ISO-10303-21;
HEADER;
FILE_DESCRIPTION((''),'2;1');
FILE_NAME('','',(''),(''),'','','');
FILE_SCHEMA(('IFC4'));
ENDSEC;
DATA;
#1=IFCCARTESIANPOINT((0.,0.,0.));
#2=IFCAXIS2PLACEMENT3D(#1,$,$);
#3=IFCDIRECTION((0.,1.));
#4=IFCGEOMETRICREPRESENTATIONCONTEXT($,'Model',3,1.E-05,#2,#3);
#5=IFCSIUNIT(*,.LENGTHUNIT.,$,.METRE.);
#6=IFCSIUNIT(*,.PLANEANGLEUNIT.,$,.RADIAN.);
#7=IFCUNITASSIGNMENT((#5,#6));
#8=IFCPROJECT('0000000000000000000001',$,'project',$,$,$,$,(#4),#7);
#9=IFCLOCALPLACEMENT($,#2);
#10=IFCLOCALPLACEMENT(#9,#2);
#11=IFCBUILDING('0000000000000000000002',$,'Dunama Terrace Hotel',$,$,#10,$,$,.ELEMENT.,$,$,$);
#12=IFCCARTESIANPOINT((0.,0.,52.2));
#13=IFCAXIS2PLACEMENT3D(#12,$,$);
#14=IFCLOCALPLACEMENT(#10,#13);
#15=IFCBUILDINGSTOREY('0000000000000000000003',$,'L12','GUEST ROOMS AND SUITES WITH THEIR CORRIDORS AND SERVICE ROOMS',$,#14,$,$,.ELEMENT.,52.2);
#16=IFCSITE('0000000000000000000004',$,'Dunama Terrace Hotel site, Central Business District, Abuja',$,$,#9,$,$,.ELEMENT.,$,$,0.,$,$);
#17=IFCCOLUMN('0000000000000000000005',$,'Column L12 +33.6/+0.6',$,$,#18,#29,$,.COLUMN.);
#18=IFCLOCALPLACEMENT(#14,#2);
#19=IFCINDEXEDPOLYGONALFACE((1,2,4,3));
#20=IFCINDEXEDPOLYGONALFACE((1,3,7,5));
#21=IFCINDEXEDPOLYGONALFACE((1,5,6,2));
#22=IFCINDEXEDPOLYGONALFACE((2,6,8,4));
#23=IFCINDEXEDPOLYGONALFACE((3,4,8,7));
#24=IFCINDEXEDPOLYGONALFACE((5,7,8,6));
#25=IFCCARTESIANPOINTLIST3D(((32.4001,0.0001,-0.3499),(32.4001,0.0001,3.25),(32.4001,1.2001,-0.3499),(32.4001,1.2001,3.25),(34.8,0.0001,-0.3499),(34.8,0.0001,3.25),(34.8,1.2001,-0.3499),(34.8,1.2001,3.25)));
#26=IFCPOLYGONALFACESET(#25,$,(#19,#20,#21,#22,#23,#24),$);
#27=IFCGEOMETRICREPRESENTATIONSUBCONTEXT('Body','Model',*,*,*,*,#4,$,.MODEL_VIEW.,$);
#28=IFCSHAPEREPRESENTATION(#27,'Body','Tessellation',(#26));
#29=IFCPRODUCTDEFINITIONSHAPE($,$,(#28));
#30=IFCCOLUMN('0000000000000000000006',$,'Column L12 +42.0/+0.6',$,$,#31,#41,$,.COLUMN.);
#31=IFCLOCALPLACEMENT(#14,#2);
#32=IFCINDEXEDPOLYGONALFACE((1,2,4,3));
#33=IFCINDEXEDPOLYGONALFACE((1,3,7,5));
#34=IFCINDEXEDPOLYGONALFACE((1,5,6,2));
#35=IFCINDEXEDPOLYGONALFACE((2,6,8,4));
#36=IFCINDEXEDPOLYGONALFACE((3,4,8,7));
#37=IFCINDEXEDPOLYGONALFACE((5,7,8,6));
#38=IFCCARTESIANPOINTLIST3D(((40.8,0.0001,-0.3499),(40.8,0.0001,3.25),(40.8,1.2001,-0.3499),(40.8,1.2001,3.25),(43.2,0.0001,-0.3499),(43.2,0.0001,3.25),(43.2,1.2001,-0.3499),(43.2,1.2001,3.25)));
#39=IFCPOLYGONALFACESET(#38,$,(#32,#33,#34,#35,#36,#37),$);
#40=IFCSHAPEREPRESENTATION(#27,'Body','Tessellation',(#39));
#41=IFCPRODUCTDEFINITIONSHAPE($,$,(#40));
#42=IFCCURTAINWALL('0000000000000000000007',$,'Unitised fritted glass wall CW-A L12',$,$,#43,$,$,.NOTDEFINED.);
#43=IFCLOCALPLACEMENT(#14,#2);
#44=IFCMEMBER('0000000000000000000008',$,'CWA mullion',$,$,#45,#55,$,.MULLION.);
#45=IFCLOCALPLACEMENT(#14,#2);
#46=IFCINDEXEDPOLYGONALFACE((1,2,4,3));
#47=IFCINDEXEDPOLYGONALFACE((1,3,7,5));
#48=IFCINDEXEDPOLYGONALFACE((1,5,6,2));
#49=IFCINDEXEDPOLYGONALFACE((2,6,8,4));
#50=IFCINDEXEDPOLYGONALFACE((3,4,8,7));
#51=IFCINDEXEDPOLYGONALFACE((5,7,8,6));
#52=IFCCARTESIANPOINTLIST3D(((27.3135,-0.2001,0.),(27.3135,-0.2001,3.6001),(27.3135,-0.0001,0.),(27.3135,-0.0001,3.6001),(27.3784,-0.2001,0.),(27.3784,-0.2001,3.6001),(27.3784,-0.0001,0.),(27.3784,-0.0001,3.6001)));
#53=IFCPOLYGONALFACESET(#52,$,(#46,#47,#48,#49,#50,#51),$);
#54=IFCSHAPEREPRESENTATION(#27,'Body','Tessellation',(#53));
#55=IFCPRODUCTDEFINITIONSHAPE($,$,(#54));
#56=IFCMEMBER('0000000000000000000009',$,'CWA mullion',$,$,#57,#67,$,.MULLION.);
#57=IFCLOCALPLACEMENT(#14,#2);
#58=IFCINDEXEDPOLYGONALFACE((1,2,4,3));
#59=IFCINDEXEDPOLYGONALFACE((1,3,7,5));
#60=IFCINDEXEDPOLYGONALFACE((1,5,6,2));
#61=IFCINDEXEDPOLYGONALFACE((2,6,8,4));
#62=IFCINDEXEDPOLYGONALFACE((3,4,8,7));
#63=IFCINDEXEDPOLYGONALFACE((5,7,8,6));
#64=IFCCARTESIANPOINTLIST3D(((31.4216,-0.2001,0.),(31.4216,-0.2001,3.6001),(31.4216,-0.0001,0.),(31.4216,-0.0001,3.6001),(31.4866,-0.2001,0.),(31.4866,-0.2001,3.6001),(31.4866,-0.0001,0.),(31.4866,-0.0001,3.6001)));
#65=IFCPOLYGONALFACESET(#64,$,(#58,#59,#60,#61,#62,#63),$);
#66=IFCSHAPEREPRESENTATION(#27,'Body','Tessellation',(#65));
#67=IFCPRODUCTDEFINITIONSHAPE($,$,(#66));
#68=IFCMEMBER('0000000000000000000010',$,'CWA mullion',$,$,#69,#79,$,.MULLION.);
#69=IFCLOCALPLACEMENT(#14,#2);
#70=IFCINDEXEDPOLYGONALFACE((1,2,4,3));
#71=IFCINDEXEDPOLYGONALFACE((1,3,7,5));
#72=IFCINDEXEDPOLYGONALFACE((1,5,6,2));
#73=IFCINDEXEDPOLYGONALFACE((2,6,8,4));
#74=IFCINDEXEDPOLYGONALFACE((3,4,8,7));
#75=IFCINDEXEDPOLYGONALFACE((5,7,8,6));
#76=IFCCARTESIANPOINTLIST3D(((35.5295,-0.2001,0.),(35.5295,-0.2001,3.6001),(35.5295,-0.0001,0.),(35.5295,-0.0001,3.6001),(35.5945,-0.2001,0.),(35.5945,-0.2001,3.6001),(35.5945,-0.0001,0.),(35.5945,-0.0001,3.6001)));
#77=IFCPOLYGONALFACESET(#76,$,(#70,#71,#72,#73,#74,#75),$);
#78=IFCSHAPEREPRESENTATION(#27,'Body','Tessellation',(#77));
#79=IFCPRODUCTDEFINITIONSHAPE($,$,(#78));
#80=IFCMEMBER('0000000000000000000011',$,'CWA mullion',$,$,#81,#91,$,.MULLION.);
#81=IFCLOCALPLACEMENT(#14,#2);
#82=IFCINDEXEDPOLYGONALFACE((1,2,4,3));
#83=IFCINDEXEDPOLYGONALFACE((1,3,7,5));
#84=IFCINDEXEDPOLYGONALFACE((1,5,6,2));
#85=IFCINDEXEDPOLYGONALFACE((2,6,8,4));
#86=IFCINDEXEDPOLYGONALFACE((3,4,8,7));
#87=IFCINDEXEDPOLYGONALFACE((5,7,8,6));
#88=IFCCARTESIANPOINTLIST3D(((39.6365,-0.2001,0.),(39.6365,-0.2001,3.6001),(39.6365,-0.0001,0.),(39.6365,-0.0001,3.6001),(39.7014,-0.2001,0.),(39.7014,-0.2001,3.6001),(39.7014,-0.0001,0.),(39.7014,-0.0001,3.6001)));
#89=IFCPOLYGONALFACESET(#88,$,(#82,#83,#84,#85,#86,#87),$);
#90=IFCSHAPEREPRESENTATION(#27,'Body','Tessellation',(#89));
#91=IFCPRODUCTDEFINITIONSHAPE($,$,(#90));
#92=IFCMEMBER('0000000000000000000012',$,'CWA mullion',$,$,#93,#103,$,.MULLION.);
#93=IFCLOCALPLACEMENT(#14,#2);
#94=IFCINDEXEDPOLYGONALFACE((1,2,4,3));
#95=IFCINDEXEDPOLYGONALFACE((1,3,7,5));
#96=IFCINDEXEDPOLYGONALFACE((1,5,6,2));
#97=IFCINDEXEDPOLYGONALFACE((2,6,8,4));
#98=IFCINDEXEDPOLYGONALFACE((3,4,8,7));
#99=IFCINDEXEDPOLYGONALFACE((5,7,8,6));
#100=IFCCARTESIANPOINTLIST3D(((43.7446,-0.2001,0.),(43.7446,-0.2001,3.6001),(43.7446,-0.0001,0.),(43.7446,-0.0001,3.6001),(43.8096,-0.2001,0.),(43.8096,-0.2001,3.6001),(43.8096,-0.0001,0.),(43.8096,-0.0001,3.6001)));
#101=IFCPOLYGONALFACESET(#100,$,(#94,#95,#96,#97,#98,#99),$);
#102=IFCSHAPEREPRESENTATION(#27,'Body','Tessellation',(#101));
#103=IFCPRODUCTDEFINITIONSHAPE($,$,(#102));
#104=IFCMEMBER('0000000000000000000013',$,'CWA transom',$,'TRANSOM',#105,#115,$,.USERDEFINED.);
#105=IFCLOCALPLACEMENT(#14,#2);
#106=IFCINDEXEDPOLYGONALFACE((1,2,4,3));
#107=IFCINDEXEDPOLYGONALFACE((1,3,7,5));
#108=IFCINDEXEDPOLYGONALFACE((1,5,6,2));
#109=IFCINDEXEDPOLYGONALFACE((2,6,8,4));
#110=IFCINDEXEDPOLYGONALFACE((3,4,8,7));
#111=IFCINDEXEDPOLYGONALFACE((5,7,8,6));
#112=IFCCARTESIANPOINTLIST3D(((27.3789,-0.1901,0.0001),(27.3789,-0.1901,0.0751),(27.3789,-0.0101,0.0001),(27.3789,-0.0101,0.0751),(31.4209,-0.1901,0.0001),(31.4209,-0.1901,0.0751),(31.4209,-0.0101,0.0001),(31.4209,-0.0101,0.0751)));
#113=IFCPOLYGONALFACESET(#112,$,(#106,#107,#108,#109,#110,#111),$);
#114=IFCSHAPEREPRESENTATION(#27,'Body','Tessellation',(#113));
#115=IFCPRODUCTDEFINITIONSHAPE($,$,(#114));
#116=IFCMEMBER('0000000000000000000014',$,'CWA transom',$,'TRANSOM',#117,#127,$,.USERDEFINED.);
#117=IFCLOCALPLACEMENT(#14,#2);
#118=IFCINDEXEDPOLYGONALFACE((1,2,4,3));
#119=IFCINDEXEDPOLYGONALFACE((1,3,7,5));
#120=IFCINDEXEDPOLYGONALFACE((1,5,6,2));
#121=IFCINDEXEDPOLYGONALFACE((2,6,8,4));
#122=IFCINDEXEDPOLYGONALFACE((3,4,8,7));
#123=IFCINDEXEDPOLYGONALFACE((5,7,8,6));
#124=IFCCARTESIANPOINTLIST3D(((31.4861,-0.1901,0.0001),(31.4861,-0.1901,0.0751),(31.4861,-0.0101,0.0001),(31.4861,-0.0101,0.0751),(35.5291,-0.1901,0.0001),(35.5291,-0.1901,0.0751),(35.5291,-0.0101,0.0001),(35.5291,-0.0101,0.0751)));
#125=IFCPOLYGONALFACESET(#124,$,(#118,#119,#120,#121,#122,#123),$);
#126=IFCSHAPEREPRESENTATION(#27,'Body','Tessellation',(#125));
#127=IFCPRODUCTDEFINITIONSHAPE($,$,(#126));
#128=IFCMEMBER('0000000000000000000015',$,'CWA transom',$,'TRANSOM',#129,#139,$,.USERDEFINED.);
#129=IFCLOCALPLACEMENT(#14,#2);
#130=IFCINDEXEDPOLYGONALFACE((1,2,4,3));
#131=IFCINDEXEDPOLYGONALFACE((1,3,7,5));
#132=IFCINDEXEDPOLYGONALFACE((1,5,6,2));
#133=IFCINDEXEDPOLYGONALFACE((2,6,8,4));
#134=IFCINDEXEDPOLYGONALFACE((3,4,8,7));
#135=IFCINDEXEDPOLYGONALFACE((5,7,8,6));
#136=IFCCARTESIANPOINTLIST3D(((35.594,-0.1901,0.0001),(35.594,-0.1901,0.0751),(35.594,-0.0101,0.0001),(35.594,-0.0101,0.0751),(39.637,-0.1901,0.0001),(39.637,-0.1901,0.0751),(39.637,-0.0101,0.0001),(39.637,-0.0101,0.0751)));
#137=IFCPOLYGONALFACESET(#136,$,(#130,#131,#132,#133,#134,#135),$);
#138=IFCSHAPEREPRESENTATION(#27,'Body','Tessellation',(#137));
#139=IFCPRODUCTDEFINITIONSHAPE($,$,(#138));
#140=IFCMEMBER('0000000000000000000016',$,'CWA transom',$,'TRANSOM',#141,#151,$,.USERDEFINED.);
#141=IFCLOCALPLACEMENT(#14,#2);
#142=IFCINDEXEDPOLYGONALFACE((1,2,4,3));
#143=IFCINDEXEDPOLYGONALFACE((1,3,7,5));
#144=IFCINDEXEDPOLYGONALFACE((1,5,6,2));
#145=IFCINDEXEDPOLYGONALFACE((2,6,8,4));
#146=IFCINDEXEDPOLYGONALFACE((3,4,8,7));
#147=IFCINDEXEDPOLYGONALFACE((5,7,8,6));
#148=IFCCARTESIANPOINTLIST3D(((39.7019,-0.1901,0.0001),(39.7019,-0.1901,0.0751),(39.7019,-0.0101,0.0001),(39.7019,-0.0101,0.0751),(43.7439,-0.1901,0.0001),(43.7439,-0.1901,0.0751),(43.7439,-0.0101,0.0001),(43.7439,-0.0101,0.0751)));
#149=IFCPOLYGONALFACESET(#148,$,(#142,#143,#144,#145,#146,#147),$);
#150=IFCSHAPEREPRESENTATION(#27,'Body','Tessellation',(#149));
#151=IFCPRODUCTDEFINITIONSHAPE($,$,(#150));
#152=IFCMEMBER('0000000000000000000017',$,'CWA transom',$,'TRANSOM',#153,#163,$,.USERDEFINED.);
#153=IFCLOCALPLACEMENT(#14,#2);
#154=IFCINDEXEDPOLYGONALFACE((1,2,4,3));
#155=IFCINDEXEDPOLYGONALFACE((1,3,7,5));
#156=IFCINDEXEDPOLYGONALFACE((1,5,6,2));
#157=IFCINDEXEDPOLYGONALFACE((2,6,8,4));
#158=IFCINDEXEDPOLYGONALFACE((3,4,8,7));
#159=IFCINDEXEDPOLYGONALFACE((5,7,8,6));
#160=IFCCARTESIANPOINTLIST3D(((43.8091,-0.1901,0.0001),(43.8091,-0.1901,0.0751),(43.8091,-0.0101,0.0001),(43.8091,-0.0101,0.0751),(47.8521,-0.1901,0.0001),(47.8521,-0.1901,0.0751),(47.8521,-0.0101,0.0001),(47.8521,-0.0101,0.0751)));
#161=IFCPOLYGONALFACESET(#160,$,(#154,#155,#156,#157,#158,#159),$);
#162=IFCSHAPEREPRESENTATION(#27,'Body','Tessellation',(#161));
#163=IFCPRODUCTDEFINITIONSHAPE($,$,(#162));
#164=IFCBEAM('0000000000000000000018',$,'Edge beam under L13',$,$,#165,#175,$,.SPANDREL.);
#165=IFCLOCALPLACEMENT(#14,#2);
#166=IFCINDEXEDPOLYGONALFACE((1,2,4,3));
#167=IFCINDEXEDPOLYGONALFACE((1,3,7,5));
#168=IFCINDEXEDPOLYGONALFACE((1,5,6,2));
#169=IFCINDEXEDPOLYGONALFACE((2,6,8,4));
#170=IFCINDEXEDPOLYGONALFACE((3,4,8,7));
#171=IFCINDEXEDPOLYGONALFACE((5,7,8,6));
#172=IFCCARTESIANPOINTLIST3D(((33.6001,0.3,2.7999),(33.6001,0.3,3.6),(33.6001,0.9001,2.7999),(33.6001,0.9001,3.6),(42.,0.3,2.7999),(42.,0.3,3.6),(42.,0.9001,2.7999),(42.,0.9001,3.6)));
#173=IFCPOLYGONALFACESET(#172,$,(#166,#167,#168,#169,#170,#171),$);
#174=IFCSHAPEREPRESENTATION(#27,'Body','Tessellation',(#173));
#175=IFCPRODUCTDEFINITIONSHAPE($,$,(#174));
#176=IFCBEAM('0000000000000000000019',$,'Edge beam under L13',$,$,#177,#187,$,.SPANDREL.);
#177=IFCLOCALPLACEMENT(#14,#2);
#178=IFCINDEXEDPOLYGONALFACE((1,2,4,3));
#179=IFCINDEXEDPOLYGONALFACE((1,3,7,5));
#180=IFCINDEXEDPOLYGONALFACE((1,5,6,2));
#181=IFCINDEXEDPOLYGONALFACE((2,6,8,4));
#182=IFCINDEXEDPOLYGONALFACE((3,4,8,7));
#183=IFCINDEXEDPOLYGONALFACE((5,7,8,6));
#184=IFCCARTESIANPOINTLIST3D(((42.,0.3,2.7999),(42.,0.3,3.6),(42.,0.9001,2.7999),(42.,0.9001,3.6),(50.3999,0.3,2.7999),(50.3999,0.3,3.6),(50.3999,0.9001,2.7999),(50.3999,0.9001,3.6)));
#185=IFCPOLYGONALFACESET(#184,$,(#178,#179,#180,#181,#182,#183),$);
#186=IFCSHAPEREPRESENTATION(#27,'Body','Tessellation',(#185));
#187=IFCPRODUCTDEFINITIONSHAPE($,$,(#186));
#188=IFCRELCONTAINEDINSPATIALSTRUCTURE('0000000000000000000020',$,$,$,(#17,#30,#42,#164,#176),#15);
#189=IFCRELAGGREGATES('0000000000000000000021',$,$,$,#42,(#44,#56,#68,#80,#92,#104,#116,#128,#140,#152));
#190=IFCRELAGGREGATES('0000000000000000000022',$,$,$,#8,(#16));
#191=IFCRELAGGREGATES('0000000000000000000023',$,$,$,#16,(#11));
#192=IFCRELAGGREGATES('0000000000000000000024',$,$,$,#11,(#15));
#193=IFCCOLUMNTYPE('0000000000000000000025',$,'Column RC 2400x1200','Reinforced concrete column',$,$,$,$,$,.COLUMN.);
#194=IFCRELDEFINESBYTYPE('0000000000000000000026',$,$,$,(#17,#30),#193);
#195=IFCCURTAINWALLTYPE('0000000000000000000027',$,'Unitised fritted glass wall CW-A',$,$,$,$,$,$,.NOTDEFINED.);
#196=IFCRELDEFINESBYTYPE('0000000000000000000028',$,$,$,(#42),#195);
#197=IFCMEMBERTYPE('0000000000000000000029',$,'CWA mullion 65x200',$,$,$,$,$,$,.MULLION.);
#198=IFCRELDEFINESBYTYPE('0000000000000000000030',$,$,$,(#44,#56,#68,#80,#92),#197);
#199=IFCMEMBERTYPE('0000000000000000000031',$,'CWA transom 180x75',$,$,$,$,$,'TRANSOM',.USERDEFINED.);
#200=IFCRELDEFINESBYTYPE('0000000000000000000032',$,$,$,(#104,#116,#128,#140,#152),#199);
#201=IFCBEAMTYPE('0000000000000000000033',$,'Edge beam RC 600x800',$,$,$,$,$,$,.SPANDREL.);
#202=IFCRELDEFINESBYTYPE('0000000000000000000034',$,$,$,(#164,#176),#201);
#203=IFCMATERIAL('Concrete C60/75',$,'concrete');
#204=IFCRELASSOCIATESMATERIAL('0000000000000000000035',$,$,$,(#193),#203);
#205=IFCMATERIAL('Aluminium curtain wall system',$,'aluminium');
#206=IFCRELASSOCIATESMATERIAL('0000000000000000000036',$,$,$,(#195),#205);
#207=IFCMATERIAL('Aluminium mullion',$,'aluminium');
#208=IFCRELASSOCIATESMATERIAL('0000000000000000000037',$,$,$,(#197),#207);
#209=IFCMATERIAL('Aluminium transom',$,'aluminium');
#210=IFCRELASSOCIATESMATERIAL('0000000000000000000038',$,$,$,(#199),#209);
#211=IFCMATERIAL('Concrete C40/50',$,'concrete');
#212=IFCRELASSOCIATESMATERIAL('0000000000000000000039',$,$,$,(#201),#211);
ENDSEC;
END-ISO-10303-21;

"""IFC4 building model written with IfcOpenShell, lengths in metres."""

from ifc_helpers import new_model, si_unit, direction, frame, origin, origin_2d, place, context, subcontext, project, spatial, rectangle, extrude, material, material_profile, profile_set, type_object, element, aggregate, save


model = new_model("IFC4")

# Units and contexts
model_context = context("Model", 3, precision=1e-05, world=origin(), true_north=direction((0.0, 1.0)))
body_context = subcontext(model_context, "Body", "Model", "MODEL_VIEW")
ifc_project = project(units=[si_unit("LENGTHUNIT", "METRE"), si_unit("PLANEANGLEUNIT", "RADIAN")], contexts=[model_context])

# Site, building, storey
site_placement = place(None, origin())
site = spatial("IfcSite", under=ifc_project, at=site_placement, Name="Dunama Terrace Hotel site, Central Business District, Abuja", CompositionType="ELEMENT", RefElevation=0.0)
building_placement = place(site_placement, origin())
building = spatial("IfcBuilding", under=site, at=building_placement, Name="Dunama Terrace Hotel", CompositionType="ELEMENT")
storey_placement = place(building_placement, frame((0.0, 0.0, 52.2)))
storey = spatial("IfcBuildingStorey", under=building, at=storey_placement, Name="L12", Description="GUEST ROOMS AND SUITES WITH THEIR CORRIDORS AND SERVICE ROOMS", CompositionType="ELEMENT", Elevation=52.2)

# Columns
ifc_material_1 = material(Name="Concrete C60/75", Category="concrete")
ifc_material_profile_1 = material_profile(ifc_material_1, rectangle(XDim=2.3999, YDim=1.2, at=origin_2d()), Name="RC 2400x1200")
ifc_profile_set_1 = profile_set([ifc_material_profile_1], Name="Concrete C60/75")
column_type = type_object("IfcColumnType", Name="Column RC 2400x1200", Description="Reinforced concrete column", PredefinedType="COLUMN", material=ifc_profile_set_1)
for number, where, z_axis, x_axis, name in (
    (1, (33.6001, 0.6001, -0.3499), (0.0, 0.0, 1.0), (1.0, 0.0, 0.0), "Column L12 +33.6/+0.6"),
    (2, (42.0, 0.6001, -0.3499), (0.0, 0.0, 1.0), (1.0, 0.0, 0.0), "Column L12 +42.0/+0.6"),
):
    element("IfcColumn", number, at=place(storey_placement, frame(where, z_axis=z_axis, x_axis=x_axis)), inside=storey, type_object=column_type, Name=name, PredefinedType="COLUMN", context=body_context, shape_type="SweptSolid", body=[
        extrude(rectangle(XDim=2.3999, YDim=1.2, at=origin_2d()), origin(), (0.0, 0.0, 1.0), 3.5999),
    ])

# Curtain wall, members
ifc_material_2 = material(Name="Aluminium curtain wall system", Category="aluminium")
curtain_wall_type = type_object("IfcCurtainWallType", Name="Unitised fritted glass wall CW-A", PredefinedType="NOTDEFINED", material=ifc_material_2)
curtain_wall_placement = place(storey_placement, origin())
curtain_wall = element("IfcCurtainWall", 3, at=curtain_wall_placement, inside=storey, type_object=curtain_wall_type, Name="Unitised fritted glass wall CW-A L12", PredefinedType="NOTDEFINED")
ifc_material_3 = material(Name="Aluminium mullion", Category="aluminium")
ifc_material_profile_2 = material_profile(ifc_material_3, rectangle(XDim=0.0649, YDim=0.2, at=origin_2d()), Name="CWA MULLION 65X200")
ifc_profile_set_2 = profile_set([ifc_material_profile_2], Name="Aluminium mullion")
member_type_1 = type_object("IfcMemberType", Name="CWA mullion 65x200", PredefinedType="MULLION", material=ifc_profile_set_2)
member_1_placement = place(storey_placement, frame((27.3459, -0.1001, 0.0), z_axis=(0.0, 0.0, 1.0), x_axis=(1.0, 0.0, 0.0)))
member_1 = element("IfcMember", 4, at=member_1_placement, type_object=member_type_1, Name="CWA mullion", PredefinedType="MULLION", context=body_context, shape_type="SweptSolid", body=[
    extrude(rectangle(XDim=0.0649, YDim=0.2, at=origin_2d()), origin(), (0.0, 0.0, 1.0), 3.6001),
])
member_2_placement = place(storey_placement, frame((31.4541, -0.1001, 0.0), z_axis=(0.0, 0.0, 1.0), x_axis=(1.0, 0.0, 0.0)))
member_2 = element("IfcMember", 5, at=member_2_placement, type_object=member_type_1, Name="CWA mullion", PredefinedType="MULLION", context=body_context, shape_type="SweptSolid", body=[
    extrude(rectangle(XDim=0.0649, YDim=0.2, at=origin_2d()), origin(), (0.0, 0.0, 1.0), 3.6001),
])
member_3_placement = place(storey_placement, frame((35.562, -0.1001, 0.0), z_axis=(0.0, 0.0, 1.0), x_axis=(1.0, 0.0, 0.0)))
member_3 = element("IfcMember", 6, at=member_3_placement, type_object=member_type_1, Name="CWA mullion", PredefinedType="MULLION", context=body_context, shape_type="SweptSolid", body=[
    extrude(rectangle(XDim=0.0649, YDim=0.2, at=origin_2d()), origin(), (0.0, 0.0, 1.0), 3.6001),
])
member_4_placement = place(storey_placement, frame((39.6689, -0.1001, 0.0), z_axis=(0.0, 0.0, 1.0), x_axis=(1.0, 0.0, 0.0)))
member_4 = element("IfcMember", 7, at=member_4_placement, type_object=member_type_1, Name="CWA mullion", PredefinedType="MULLION", context=body_context, shape_type="SweptSolid", body=[
    extrude(rectangle(XDim=0.0649, YDim=0.2, at=origin_2d()), origin(), (0.0, 0.0, 1.0), 3.6001),
])
member_5_placement = place(storey_placement, frame((43.7771, -0.1001, 0.0), z_axis=(0.0, 0.0, 1.0), x_axis=(1.0, 0.0, 0.0)))
member_5 = element("IfcMember", 8, at=member_5_placement, type_object=member_type_1, Name="CWA mullion", PredefinedType="MULLION", context=body_context, shape_type="SweptSolid", body=[
    extrude(rectangle(XDim=0.0649, YDim=0.2, at=origin_2d()), origin(), (0.0, 0.0, 1.0), 3.6001),
])
ifc_material_4 = material(Name="Aluminium transom", Category="aluminium")
ifc_material_profile_3 = material_profile(ifc_material_4, rectangle(XDim=0.1799, YDim=0.075, at=origin_2d()), Name="CWA TRANSOM 180X75")
ifc_profile_set_3 = profile_set([ifc_material_profile_3], Name="Aluminium transom")
member_type_2 = type_object("IfcMemberType", Name="CWA transom 180x75", ElementType="TRANSOM", PredefinedType="USERDEFINED", material=ifc_profile_set_3)
member_6_placement = place(storey_placement, frame((27.3789, -0.1001, 0.0376), z_axis=(1.0, 0.0, 0.0), x_axis=(0.0, 1.0, 0.0)))
member_6 = element("IfcMember", 9, at=member_6_placement, type_object=member_type_2, Name="CWA transom", ObjectType="TRANSOM", PredefinedType="USERDEFINED", context=body_context, shape_type="SweptSolid", body=[
    extrude(rectangle(XDim=0.1799, YDim=0.075, at=origin_2d()), origin(), (0.0, 0.0, 1.0), 4.042),
])
member_7_placement = place(storey_placement, frame((31.4861, -0.1001, 0.0376), z_axis=(1.0, 0.0, 0.0), x_axis=(0.0, 1.0, 0.0)))
member_7 = element("IfcMember", 10, at=member_7_placement, type_object=member_type_2, Name="CWA transom", ObjectType="TRANSOM", PredefinedType="USERDEFINED", context=body_context, shape_type="SweptSolid", body=[
    extrude(rectangle(XDim=0.1799, YDim=0.075, at=origin_2d()), origin(), (0.0, 0.0, 1.0), 4.043),
])
member_8_placement = place(storey_placement, frame((35.594, -0.1001, 0.0376), z_axis=(1.0, 0.0, 0.0), x_axis=(0.0, 1.0, 0.0)))
member_8 = element("IfcMember", 11, at=member_8_placement, type_object=member_type_2, Name="CWA transom", ObjectType="TRANSOM", PredefinedType="USERDEFINED", context=body_context, shape_type="SweptSolid", body=[
    extrude(rectangle(XDim=0.1799, YDim=0.075, at=origin_2d()), origin(), (0.0, 0.0, 1.0), 4.043),
])
member_9_placement = place(storey_placement, frame((39.7019, -0.1001, 0.0376), z_axis=(1.0, 0.0, 0.0), x_axis=(0.0, 1.0, 0.0)))
member_9 = element("IfcMember", 12, at=member_9_placement, type_object=member_type_2, Name="CWA transom", ObjectType="TRANSOM", PredefinedType="USERDEFINED", context=body_context, shape_type="SweptSolid", body=[
    extrude(rectangle(XDim=0.1799, YDim=0.075, at=origin_2d()), origin(), (0.0, 0.0, 1.0), 4.042),
])
member_10_placement = place(storey_placement, frame((43.8091, -0.1001, 0.0376), z_axis=(1.0, 0.0, 0.0), x_axis=(0.0, 1.0, 0.0)))
member_10 = element("IfcMember", 13, at=member_10_placement, type_object=member_type_2, Name="CWA transom", ObjectType="TRANSOM", PredefinedType="USERDEFINED", context=body_context, shape_type="SweptSolid", body=[
    extrude(rectangle(XDim=0.1799, YDim=0.075, at=origin_2d()), origin(), (0.0, 0.0, 1.0), 4.043),
])

# Beams
ifc_material_5 = material(Name="Concrete C40/50", Category="concrete")
ifc_material_profile_4 = material_profile(ifc_material_5, rectangle(XDim=0.6001, YDim=0.8, at=origin_2d()), Name="RC 600x800")
ifc_profile_set_4 = profile_set([ifc_material_profile_4], Name="Concrete C40/50")
beam_type = type_object("IfcBeamType", Name="Edge beam RC 600x800", PredefinedType="SPANDREL", material=ifc_profile_set_4)
for number, where, z_axis, x_axis, name in (
    (14, (33.6001, 0.6001, 3.2), (1.0, 0.0, 0.0), (0.0, 1.0, 0.0), "Edge beam under L13"),
    (15, (42.0, 0.6001, 3.2), (1.0, 0.0, 0.0), (0.0, 1.0, 0.0), "Edge beam under L13"),
):
    element("IfcBeam", number, at=place(storey_placement, frame(where, z_axis=z_axis, x_axis=x_axis)), inside=storey, type_object=beam_type, Name=name, PredefinedType="SPANDREL", context=body_context, shape_type="SweptSolid", body=[
        extrude(rectangle(XDim=0.6001, YDim=0.8, at=origin_2d()), origin(), (0.0, 0.0, 1.0), 8.3999),
    ])

aggregate(curtain_wall, [member_1, member_2, member_3, member_4, member_5, member_6, member_7, member_8, member_9, member_10])

save(model, "model.ifc")
